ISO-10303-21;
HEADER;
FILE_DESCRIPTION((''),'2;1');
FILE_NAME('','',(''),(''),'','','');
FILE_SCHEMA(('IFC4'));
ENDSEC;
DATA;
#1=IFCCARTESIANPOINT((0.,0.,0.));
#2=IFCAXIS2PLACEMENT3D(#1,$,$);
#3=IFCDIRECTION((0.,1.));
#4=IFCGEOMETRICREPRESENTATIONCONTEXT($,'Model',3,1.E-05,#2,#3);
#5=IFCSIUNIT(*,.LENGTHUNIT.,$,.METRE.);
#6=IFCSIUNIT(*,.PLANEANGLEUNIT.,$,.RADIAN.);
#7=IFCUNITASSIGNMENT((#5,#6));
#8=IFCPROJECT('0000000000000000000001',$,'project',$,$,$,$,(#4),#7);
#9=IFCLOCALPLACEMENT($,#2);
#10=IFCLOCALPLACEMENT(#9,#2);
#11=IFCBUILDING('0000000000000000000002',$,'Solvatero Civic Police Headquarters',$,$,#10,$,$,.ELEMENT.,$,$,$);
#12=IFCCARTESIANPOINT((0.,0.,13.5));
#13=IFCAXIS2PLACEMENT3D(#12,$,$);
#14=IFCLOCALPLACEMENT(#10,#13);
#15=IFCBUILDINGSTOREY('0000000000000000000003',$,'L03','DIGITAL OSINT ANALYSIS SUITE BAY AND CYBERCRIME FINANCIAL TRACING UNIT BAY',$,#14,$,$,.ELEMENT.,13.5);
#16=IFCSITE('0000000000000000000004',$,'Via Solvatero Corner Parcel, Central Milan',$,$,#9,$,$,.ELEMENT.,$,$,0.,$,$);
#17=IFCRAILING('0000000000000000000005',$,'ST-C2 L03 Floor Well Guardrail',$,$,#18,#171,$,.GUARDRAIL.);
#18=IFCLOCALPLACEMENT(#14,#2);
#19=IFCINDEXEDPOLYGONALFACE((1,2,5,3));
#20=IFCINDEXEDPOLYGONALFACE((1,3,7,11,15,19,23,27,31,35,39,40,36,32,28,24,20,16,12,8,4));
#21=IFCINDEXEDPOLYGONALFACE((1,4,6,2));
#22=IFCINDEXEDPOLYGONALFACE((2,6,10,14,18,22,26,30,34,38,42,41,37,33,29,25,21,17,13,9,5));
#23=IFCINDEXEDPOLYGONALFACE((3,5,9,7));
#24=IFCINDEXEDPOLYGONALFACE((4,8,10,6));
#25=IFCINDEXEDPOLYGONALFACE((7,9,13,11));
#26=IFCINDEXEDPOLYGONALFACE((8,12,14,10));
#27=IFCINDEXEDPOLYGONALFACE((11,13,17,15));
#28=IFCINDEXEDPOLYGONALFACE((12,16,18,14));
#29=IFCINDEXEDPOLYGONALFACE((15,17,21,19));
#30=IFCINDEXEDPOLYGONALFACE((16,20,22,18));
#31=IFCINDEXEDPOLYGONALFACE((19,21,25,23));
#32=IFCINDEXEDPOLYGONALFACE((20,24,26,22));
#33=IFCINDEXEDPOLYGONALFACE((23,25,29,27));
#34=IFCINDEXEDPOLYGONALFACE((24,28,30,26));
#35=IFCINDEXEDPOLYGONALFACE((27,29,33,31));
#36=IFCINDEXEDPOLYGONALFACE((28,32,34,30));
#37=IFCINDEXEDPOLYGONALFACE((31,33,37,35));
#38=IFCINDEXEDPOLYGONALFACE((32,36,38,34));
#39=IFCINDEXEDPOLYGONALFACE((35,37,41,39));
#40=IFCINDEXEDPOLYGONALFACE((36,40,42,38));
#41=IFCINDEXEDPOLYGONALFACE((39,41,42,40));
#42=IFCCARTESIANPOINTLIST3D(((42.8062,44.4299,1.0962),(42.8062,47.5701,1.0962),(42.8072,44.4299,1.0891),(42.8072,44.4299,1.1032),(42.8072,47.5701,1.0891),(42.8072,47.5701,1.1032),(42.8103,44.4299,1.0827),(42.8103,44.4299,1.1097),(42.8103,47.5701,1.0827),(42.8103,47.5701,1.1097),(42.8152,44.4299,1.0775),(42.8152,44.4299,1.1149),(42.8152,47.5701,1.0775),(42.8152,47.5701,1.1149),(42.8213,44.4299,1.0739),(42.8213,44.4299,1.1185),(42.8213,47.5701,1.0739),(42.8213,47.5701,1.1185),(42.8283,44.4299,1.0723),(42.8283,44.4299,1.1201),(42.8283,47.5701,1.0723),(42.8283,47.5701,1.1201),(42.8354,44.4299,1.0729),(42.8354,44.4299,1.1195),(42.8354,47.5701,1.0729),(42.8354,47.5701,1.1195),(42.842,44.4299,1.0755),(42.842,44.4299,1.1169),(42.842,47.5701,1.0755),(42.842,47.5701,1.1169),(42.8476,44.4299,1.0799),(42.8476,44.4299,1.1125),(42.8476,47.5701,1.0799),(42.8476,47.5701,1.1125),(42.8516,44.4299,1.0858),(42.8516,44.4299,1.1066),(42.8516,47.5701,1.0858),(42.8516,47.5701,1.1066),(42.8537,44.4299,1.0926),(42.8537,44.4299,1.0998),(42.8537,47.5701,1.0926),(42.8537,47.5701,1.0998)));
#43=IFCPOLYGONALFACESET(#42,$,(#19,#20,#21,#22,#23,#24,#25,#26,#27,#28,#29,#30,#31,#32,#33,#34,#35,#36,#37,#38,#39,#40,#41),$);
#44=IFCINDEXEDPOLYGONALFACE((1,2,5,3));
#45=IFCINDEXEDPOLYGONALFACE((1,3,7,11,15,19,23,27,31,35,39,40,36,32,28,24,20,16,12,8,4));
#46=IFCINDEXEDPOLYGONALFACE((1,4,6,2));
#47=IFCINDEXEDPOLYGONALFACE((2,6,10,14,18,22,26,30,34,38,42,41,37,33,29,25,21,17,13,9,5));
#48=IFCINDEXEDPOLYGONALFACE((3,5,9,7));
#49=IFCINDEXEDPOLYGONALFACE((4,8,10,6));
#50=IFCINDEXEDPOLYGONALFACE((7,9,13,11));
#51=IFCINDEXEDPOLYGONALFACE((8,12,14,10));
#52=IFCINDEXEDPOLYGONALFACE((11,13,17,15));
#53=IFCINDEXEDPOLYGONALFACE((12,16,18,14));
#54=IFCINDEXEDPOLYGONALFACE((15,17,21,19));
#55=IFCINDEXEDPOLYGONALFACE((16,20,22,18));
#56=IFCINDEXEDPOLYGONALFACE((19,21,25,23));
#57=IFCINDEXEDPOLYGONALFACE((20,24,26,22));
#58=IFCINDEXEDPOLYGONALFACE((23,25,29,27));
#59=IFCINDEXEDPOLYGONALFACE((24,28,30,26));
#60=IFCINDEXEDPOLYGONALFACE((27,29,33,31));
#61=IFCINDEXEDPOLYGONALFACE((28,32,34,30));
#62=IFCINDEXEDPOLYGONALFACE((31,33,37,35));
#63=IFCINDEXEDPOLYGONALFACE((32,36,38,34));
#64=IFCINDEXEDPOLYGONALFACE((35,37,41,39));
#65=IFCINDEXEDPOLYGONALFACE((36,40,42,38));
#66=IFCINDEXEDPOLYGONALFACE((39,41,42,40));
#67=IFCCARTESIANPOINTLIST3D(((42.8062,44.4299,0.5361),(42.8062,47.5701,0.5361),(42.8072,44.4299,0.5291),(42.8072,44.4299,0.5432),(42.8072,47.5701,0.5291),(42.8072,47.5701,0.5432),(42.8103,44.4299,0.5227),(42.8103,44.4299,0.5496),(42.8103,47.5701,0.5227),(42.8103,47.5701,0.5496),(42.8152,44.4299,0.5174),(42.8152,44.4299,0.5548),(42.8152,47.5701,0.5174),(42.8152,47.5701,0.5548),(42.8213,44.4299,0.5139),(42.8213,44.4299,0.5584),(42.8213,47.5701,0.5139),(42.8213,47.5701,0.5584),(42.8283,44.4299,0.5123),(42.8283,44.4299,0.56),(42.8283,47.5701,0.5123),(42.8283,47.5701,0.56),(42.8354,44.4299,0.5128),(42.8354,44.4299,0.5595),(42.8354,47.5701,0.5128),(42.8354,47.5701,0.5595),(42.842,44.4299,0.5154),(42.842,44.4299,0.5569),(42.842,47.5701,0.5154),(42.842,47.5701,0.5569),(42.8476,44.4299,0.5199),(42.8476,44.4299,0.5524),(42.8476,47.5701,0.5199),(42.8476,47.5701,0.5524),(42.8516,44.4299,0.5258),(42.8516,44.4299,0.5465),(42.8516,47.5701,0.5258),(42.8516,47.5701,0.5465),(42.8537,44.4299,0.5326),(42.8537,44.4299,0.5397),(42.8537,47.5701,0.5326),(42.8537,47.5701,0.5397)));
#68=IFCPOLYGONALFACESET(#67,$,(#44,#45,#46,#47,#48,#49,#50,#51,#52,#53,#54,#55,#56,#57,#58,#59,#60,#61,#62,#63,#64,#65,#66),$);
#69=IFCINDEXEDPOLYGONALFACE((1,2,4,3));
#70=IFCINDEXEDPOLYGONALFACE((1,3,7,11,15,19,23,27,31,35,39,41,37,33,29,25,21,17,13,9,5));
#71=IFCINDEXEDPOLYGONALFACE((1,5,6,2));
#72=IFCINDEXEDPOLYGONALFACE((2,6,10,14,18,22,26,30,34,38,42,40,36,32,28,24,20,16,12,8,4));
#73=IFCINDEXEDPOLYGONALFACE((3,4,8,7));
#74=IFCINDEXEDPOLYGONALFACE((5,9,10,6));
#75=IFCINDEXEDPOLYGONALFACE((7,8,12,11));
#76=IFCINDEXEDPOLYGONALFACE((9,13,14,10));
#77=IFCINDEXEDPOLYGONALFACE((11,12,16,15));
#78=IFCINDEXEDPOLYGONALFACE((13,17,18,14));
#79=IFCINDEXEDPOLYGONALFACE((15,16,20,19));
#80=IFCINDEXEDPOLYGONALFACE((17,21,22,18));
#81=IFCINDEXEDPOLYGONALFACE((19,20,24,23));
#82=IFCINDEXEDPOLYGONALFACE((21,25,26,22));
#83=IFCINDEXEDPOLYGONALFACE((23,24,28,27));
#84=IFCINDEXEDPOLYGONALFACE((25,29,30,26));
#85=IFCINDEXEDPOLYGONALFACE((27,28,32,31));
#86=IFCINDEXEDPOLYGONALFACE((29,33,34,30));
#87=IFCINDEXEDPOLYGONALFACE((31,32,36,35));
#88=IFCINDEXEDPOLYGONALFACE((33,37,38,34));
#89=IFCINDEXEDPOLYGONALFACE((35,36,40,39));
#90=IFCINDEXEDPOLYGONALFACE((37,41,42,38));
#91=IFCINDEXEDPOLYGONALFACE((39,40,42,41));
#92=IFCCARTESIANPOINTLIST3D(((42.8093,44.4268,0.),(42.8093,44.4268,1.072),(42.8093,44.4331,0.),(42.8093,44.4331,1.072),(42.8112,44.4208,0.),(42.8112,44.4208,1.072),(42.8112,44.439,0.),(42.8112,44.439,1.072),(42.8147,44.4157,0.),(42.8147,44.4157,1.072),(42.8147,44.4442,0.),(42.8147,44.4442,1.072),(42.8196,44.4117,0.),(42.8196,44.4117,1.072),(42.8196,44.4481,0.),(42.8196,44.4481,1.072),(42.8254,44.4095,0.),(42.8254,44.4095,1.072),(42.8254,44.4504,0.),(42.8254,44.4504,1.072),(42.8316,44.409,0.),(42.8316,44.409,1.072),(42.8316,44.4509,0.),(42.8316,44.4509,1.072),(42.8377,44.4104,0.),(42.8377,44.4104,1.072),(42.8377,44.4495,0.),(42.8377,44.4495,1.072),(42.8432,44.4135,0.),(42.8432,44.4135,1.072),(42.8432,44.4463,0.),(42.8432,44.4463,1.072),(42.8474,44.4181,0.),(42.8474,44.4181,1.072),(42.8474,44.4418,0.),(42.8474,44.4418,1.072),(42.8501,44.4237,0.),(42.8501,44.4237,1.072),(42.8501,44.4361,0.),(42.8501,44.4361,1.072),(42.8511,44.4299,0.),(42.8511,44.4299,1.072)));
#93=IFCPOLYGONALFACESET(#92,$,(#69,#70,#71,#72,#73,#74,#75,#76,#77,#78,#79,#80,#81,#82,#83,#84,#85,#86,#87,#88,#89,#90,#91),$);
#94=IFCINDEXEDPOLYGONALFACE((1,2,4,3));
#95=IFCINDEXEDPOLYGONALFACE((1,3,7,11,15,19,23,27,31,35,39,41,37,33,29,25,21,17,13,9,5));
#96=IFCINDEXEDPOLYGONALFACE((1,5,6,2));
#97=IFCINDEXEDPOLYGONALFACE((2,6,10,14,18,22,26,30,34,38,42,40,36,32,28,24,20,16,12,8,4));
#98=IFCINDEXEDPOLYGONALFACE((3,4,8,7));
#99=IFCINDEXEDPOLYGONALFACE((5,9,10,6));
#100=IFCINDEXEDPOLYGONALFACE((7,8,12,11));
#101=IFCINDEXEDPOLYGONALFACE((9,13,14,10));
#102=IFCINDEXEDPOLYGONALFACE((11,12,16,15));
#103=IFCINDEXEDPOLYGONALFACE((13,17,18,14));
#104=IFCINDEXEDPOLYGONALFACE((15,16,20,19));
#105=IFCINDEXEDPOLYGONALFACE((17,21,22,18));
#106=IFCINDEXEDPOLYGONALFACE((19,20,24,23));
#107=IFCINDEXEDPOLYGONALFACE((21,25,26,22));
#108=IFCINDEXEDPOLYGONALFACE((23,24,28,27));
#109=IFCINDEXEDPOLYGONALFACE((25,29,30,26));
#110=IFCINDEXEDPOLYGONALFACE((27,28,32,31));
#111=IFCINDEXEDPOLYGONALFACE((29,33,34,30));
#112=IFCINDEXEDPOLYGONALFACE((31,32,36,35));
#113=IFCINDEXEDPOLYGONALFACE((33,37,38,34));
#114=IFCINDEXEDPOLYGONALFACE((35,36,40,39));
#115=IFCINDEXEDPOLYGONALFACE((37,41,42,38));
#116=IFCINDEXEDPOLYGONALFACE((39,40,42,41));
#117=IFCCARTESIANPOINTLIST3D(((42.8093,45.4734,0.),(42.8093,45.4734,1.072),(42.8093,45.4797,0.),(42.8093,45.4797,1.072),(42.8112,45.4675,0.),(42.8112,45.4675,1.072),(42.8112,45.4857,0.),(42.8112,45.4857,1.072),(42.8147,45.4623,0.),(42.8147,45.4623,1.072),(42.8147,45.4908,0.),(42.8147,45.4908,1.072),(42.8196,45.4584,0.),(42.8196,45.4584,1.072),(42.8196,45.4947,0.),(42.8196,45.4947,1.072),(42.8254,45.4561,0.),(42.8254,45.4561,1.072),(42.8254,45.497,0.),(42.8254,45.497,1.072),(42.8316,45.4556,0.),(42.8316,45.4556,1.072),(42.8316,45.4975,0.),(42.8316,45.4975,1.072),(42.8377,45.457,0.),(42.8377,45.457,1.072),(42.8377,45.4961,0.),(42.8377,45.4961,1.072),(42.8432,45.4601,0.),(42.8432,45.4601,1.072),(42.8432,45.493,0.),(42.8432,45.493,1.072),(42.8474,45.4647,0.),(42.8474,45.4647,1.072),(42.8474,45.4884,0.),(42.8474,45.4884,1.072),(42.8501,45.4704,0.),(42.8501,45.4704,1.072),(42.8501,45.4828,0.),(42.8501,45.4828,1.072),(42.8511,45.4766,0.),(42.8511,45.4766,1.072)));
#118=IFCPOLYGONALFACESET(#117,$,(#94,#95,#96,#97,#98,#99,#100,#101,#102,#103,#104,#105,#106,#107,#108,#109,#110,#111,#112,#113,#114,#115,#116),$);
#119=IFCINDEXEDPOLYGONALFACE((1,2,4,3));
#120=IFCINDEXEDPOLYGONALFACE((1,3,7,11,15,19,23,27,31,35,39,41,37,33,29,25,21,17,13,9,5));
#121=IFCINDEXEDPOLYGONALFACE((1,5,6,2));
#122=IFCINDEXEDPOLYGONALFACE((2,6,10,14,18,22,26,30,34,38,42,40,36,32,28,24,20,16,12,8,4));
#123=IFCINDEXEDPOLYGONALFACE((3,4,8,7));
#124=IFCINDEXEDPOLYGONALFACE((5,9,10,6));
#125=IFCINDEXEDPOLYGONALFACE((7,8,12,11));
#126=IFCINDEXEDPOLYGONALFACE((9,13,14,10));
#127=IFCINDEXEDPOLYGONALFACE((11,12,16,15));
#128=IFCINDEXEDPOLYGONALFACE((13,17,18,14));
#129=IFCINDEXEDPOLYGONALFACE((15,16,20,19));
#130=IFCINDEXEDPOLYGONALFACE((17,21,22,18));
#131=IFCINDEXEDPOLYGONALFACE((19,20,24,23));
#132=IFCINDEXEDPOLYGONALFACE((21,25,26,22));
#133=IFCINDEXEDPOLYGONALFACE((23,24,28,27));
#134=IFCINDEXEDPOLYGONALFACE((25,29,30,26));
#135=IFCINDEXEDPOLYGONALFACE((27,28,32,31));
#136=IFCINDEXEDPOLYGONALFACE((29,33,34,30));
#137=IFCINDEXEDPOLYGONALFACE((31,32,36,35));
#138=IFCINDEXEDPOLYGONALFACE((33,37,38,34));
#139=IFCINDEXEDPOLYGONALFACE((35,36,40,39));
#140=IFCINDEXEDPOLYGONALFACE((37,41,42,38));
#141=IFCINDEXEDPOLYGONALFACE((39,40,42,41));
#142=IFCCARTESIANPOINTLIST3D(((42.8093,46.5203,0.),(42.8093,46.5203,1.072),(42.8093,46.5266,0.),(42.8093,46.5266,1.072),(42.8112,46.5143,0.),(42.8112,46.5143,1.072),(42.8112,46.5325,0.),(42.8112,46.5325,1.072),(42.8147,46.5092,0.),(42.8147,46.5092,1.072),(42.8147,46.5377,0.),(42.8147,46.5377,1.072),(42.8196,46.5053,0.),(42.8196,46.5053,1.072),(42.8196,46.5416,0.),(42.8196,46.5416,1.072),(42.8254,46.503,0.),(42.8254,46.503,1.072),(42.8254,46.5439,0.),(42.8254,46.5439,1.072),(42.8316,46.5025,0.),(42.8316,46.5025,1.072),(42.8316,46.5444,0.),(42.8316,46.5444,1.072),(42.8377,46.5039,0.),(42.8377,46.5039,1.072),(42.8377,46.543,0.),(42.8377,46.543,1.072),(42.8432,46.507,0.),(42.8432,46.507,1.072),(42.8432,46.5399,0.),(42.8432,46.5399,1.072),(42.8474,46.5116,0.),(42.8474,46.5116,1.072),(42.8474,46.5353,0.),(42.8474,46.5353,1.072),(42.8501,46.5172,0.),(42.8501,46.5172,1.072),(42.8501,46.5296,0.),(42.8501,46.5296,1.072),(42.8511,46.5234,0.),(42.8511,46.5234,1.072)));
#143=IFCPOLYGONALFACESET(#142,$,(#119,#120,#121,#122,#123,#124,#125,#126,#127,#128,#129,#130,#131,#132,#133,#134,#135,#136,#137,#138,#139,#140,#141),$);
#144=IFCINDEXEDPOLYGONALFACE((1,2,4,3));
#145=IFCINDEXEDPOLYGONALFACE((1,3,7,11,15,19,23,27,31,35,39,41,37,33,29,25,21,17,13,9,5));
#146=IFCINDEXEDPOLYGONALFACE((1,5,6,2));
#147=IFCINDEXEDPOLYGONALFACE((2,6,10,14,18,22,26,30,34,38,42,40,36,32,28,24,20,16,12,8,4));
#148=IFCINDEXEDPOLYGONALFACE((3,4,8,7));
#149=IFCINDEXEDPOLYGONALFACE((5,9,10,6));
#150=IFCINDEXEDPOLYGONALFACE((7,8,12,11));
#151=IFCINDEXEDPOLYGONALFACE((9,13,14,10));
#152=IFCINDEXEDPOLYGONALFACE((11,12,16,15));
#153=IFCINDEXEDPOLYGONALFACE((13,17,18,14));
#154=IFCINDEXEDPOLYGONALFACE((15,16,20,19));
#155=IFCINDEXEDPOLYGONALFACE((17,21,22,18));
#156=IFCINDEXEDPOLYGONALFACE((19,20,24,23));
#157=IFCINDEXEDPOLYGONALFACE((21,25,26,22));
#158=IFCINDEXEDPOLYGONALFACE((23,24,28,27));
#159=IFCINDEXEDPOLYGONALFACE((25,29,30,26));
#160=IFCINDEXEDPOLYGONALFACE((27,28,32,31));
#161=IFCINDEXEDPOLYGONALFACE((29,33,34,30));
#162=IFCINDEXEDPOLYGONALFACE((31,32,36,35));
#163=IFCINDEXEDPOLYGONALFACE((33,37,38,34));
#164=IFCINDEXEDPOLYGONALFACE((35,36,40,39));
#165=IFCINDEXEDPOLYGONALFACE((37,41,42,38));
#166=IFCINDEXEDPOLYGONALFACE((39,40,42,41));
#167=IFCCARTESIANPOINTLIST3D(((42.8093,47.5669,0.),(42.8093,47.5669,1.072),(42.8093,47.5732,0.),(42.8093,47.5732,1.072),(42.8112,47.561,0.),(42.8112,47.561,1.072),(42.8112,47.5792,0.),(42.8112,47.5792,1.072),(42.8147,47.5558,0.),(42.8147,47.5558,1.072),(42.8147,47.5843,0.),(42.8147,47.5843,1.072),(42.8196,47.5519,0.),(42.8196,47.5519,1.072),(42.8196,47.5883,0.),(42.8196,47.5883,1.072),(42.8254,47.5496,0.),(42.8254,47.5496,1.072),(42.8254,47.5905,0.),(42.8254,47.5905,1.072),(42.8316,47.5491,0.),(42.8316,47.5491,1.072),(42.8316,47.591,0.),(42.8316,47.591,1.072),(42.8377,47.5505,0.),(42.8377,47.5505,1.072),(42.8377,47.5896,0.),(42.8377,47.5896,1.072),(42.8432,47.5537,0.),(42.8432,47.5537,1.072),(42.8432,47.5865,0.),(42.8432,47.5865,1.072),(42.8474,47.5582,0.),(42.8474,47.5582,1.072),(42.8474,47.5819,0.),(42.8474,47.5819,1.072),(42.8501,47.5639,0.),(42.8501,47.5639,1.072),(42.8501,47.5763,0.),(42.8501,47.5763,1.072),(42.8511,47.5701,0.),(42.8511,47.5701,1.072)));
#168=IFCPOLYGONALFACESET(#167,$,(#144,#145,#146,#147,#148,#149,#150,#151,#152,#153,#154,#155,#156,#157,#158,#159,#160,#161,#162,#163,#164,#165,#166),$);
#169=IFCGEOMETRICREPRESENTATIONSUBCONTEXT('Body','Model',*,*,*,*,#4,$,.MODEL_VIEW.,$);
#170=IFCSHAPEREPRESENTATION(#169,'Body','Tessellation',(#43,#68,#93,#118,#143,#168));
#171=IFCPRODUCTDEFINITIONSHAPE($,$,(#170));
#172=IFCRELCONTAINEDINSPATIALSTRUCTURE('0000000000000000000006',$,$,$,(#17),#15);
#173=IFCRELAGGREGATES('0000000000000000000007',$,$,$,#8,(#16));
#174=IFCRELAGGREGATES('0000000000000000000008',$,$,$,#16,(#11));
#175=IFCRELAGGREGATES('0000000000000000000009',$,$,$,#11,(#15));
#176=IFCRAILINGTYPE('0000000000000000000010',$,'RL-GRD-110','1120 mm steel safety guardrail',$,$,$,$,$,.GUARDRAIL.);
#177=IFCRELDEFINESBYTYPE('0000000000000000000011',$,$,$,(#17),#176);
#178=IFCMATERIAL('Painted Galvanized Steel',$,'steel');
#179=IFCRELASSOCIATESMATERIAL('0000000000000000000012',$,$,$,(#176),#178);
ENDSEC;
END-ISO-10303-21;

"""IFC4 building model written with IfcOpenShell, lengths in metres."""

from ifc_helpers import new_model, si_unit, direction, frame, origin, origin_2d, place, context, subcontext, project, spatial, circle, extrude, material, type_object, element, save


model = new_model("IFC4")

# Units and contexts
model_context = context("Model", 3, precision=1e-05, world=origin(), true_north=direction((0.0, 1.0)))
body_context = subcontext(model_context, "Body", "Model", "MODEL_VIEW")
ifc_project = project(units=[si_unit("LENGTHUNIT", "METRE"), si_unit("PLANEANGLEUNIT", "RADIAN")], contexts=[model_context])

# Site, building, storey
site_placement = place(None, origin())
site = spatial("IfcSite", under=ifc_project, at=site_placement, Name="Via Solvatero Corner Parcel, Central Milan", CompositionType="ELEMENT", RefElevation=0.0)
building_placement = place(site_placement, origin())
building = spatial("IfcBuilding", under=site, at=building_placement, Name="Solvatero Civic Police Headquarters", CompositionType="ELEMENT")
storey_placement = place(building_placement, frame((0.0, 0.0, 13.5)))
storey = spatial("IfcBuildingStorey", under=building, at=storey_placement, Name="L03", Description="DIGITAL OSINT ANALYSIS SUITE BAY AND CYBERCRIME FINANCIAL TRACING UNIT BAY", CompositionType="ELEMENT", Elevation=13.5)

# Railing
ifc_material_1 = material(Name="Painted Galvanized Steel", Category="steel")
railing_type_1 = type_object("IfcRailingType", Name="RL-GRD-110", Description="1120 mm steel safety guardrail", PredefinedType="GUARDRAIL", material=ifc_material_1)
railing_1_placement = place(storey_placement, frame((42.8301, 44.4299, 0.0)))
element("IfcRailing", 1, at=railing_1_placement, inside=storey, type_object=railing_type_1, Name="ST-C2 L03 Floor Well Guardrail", PredefinedType="GUARDRAIL", context=body_context, shape_type="SweptSolid", body=[
    extrude(circle(Radius=0.0239, at=origin_2d()), frame((0.0, 0.0, 1.0962), z_axis=(0.0, 1.0, 0.0), x_axis=(-1.0, 0.0, 0.0)), (0.0, 0.0, 1.0), 3.1401),
    extrude(circle(Radius=0.0239, at=origin_2d()), frame((0.0, 0.0, 0.5361), z_axis=(0.0, 1.0, 0.0), x_axis=(-1.0, 0.0, 0.0)), (0.0, 0.0, 1.0), 3.1401),
    extrude(circle(Radius=0.021, at=origin_2d()), origin(), (0.0, 0.0, 1.0), 1.072),
    extrude(circle(Radius=0.021, at=origin_2d()), frame((0.0, 1.0466, 0.0)), (0.0, 0.0, 1.0), 1.072),
    extrude(circle(Radius=0.021, at=origin_2d()), frame((0.0, 2.0935, 0.0)), (0.0, 0.0, 1.0), 1.072),
    extrude(circle(Radius=0.021, at=origin_2d()), frame((0.0, 3.1401, 0.0)), (0.0, 0.0, 1.0), 1.072),
])

save(model, "model.ifc")
